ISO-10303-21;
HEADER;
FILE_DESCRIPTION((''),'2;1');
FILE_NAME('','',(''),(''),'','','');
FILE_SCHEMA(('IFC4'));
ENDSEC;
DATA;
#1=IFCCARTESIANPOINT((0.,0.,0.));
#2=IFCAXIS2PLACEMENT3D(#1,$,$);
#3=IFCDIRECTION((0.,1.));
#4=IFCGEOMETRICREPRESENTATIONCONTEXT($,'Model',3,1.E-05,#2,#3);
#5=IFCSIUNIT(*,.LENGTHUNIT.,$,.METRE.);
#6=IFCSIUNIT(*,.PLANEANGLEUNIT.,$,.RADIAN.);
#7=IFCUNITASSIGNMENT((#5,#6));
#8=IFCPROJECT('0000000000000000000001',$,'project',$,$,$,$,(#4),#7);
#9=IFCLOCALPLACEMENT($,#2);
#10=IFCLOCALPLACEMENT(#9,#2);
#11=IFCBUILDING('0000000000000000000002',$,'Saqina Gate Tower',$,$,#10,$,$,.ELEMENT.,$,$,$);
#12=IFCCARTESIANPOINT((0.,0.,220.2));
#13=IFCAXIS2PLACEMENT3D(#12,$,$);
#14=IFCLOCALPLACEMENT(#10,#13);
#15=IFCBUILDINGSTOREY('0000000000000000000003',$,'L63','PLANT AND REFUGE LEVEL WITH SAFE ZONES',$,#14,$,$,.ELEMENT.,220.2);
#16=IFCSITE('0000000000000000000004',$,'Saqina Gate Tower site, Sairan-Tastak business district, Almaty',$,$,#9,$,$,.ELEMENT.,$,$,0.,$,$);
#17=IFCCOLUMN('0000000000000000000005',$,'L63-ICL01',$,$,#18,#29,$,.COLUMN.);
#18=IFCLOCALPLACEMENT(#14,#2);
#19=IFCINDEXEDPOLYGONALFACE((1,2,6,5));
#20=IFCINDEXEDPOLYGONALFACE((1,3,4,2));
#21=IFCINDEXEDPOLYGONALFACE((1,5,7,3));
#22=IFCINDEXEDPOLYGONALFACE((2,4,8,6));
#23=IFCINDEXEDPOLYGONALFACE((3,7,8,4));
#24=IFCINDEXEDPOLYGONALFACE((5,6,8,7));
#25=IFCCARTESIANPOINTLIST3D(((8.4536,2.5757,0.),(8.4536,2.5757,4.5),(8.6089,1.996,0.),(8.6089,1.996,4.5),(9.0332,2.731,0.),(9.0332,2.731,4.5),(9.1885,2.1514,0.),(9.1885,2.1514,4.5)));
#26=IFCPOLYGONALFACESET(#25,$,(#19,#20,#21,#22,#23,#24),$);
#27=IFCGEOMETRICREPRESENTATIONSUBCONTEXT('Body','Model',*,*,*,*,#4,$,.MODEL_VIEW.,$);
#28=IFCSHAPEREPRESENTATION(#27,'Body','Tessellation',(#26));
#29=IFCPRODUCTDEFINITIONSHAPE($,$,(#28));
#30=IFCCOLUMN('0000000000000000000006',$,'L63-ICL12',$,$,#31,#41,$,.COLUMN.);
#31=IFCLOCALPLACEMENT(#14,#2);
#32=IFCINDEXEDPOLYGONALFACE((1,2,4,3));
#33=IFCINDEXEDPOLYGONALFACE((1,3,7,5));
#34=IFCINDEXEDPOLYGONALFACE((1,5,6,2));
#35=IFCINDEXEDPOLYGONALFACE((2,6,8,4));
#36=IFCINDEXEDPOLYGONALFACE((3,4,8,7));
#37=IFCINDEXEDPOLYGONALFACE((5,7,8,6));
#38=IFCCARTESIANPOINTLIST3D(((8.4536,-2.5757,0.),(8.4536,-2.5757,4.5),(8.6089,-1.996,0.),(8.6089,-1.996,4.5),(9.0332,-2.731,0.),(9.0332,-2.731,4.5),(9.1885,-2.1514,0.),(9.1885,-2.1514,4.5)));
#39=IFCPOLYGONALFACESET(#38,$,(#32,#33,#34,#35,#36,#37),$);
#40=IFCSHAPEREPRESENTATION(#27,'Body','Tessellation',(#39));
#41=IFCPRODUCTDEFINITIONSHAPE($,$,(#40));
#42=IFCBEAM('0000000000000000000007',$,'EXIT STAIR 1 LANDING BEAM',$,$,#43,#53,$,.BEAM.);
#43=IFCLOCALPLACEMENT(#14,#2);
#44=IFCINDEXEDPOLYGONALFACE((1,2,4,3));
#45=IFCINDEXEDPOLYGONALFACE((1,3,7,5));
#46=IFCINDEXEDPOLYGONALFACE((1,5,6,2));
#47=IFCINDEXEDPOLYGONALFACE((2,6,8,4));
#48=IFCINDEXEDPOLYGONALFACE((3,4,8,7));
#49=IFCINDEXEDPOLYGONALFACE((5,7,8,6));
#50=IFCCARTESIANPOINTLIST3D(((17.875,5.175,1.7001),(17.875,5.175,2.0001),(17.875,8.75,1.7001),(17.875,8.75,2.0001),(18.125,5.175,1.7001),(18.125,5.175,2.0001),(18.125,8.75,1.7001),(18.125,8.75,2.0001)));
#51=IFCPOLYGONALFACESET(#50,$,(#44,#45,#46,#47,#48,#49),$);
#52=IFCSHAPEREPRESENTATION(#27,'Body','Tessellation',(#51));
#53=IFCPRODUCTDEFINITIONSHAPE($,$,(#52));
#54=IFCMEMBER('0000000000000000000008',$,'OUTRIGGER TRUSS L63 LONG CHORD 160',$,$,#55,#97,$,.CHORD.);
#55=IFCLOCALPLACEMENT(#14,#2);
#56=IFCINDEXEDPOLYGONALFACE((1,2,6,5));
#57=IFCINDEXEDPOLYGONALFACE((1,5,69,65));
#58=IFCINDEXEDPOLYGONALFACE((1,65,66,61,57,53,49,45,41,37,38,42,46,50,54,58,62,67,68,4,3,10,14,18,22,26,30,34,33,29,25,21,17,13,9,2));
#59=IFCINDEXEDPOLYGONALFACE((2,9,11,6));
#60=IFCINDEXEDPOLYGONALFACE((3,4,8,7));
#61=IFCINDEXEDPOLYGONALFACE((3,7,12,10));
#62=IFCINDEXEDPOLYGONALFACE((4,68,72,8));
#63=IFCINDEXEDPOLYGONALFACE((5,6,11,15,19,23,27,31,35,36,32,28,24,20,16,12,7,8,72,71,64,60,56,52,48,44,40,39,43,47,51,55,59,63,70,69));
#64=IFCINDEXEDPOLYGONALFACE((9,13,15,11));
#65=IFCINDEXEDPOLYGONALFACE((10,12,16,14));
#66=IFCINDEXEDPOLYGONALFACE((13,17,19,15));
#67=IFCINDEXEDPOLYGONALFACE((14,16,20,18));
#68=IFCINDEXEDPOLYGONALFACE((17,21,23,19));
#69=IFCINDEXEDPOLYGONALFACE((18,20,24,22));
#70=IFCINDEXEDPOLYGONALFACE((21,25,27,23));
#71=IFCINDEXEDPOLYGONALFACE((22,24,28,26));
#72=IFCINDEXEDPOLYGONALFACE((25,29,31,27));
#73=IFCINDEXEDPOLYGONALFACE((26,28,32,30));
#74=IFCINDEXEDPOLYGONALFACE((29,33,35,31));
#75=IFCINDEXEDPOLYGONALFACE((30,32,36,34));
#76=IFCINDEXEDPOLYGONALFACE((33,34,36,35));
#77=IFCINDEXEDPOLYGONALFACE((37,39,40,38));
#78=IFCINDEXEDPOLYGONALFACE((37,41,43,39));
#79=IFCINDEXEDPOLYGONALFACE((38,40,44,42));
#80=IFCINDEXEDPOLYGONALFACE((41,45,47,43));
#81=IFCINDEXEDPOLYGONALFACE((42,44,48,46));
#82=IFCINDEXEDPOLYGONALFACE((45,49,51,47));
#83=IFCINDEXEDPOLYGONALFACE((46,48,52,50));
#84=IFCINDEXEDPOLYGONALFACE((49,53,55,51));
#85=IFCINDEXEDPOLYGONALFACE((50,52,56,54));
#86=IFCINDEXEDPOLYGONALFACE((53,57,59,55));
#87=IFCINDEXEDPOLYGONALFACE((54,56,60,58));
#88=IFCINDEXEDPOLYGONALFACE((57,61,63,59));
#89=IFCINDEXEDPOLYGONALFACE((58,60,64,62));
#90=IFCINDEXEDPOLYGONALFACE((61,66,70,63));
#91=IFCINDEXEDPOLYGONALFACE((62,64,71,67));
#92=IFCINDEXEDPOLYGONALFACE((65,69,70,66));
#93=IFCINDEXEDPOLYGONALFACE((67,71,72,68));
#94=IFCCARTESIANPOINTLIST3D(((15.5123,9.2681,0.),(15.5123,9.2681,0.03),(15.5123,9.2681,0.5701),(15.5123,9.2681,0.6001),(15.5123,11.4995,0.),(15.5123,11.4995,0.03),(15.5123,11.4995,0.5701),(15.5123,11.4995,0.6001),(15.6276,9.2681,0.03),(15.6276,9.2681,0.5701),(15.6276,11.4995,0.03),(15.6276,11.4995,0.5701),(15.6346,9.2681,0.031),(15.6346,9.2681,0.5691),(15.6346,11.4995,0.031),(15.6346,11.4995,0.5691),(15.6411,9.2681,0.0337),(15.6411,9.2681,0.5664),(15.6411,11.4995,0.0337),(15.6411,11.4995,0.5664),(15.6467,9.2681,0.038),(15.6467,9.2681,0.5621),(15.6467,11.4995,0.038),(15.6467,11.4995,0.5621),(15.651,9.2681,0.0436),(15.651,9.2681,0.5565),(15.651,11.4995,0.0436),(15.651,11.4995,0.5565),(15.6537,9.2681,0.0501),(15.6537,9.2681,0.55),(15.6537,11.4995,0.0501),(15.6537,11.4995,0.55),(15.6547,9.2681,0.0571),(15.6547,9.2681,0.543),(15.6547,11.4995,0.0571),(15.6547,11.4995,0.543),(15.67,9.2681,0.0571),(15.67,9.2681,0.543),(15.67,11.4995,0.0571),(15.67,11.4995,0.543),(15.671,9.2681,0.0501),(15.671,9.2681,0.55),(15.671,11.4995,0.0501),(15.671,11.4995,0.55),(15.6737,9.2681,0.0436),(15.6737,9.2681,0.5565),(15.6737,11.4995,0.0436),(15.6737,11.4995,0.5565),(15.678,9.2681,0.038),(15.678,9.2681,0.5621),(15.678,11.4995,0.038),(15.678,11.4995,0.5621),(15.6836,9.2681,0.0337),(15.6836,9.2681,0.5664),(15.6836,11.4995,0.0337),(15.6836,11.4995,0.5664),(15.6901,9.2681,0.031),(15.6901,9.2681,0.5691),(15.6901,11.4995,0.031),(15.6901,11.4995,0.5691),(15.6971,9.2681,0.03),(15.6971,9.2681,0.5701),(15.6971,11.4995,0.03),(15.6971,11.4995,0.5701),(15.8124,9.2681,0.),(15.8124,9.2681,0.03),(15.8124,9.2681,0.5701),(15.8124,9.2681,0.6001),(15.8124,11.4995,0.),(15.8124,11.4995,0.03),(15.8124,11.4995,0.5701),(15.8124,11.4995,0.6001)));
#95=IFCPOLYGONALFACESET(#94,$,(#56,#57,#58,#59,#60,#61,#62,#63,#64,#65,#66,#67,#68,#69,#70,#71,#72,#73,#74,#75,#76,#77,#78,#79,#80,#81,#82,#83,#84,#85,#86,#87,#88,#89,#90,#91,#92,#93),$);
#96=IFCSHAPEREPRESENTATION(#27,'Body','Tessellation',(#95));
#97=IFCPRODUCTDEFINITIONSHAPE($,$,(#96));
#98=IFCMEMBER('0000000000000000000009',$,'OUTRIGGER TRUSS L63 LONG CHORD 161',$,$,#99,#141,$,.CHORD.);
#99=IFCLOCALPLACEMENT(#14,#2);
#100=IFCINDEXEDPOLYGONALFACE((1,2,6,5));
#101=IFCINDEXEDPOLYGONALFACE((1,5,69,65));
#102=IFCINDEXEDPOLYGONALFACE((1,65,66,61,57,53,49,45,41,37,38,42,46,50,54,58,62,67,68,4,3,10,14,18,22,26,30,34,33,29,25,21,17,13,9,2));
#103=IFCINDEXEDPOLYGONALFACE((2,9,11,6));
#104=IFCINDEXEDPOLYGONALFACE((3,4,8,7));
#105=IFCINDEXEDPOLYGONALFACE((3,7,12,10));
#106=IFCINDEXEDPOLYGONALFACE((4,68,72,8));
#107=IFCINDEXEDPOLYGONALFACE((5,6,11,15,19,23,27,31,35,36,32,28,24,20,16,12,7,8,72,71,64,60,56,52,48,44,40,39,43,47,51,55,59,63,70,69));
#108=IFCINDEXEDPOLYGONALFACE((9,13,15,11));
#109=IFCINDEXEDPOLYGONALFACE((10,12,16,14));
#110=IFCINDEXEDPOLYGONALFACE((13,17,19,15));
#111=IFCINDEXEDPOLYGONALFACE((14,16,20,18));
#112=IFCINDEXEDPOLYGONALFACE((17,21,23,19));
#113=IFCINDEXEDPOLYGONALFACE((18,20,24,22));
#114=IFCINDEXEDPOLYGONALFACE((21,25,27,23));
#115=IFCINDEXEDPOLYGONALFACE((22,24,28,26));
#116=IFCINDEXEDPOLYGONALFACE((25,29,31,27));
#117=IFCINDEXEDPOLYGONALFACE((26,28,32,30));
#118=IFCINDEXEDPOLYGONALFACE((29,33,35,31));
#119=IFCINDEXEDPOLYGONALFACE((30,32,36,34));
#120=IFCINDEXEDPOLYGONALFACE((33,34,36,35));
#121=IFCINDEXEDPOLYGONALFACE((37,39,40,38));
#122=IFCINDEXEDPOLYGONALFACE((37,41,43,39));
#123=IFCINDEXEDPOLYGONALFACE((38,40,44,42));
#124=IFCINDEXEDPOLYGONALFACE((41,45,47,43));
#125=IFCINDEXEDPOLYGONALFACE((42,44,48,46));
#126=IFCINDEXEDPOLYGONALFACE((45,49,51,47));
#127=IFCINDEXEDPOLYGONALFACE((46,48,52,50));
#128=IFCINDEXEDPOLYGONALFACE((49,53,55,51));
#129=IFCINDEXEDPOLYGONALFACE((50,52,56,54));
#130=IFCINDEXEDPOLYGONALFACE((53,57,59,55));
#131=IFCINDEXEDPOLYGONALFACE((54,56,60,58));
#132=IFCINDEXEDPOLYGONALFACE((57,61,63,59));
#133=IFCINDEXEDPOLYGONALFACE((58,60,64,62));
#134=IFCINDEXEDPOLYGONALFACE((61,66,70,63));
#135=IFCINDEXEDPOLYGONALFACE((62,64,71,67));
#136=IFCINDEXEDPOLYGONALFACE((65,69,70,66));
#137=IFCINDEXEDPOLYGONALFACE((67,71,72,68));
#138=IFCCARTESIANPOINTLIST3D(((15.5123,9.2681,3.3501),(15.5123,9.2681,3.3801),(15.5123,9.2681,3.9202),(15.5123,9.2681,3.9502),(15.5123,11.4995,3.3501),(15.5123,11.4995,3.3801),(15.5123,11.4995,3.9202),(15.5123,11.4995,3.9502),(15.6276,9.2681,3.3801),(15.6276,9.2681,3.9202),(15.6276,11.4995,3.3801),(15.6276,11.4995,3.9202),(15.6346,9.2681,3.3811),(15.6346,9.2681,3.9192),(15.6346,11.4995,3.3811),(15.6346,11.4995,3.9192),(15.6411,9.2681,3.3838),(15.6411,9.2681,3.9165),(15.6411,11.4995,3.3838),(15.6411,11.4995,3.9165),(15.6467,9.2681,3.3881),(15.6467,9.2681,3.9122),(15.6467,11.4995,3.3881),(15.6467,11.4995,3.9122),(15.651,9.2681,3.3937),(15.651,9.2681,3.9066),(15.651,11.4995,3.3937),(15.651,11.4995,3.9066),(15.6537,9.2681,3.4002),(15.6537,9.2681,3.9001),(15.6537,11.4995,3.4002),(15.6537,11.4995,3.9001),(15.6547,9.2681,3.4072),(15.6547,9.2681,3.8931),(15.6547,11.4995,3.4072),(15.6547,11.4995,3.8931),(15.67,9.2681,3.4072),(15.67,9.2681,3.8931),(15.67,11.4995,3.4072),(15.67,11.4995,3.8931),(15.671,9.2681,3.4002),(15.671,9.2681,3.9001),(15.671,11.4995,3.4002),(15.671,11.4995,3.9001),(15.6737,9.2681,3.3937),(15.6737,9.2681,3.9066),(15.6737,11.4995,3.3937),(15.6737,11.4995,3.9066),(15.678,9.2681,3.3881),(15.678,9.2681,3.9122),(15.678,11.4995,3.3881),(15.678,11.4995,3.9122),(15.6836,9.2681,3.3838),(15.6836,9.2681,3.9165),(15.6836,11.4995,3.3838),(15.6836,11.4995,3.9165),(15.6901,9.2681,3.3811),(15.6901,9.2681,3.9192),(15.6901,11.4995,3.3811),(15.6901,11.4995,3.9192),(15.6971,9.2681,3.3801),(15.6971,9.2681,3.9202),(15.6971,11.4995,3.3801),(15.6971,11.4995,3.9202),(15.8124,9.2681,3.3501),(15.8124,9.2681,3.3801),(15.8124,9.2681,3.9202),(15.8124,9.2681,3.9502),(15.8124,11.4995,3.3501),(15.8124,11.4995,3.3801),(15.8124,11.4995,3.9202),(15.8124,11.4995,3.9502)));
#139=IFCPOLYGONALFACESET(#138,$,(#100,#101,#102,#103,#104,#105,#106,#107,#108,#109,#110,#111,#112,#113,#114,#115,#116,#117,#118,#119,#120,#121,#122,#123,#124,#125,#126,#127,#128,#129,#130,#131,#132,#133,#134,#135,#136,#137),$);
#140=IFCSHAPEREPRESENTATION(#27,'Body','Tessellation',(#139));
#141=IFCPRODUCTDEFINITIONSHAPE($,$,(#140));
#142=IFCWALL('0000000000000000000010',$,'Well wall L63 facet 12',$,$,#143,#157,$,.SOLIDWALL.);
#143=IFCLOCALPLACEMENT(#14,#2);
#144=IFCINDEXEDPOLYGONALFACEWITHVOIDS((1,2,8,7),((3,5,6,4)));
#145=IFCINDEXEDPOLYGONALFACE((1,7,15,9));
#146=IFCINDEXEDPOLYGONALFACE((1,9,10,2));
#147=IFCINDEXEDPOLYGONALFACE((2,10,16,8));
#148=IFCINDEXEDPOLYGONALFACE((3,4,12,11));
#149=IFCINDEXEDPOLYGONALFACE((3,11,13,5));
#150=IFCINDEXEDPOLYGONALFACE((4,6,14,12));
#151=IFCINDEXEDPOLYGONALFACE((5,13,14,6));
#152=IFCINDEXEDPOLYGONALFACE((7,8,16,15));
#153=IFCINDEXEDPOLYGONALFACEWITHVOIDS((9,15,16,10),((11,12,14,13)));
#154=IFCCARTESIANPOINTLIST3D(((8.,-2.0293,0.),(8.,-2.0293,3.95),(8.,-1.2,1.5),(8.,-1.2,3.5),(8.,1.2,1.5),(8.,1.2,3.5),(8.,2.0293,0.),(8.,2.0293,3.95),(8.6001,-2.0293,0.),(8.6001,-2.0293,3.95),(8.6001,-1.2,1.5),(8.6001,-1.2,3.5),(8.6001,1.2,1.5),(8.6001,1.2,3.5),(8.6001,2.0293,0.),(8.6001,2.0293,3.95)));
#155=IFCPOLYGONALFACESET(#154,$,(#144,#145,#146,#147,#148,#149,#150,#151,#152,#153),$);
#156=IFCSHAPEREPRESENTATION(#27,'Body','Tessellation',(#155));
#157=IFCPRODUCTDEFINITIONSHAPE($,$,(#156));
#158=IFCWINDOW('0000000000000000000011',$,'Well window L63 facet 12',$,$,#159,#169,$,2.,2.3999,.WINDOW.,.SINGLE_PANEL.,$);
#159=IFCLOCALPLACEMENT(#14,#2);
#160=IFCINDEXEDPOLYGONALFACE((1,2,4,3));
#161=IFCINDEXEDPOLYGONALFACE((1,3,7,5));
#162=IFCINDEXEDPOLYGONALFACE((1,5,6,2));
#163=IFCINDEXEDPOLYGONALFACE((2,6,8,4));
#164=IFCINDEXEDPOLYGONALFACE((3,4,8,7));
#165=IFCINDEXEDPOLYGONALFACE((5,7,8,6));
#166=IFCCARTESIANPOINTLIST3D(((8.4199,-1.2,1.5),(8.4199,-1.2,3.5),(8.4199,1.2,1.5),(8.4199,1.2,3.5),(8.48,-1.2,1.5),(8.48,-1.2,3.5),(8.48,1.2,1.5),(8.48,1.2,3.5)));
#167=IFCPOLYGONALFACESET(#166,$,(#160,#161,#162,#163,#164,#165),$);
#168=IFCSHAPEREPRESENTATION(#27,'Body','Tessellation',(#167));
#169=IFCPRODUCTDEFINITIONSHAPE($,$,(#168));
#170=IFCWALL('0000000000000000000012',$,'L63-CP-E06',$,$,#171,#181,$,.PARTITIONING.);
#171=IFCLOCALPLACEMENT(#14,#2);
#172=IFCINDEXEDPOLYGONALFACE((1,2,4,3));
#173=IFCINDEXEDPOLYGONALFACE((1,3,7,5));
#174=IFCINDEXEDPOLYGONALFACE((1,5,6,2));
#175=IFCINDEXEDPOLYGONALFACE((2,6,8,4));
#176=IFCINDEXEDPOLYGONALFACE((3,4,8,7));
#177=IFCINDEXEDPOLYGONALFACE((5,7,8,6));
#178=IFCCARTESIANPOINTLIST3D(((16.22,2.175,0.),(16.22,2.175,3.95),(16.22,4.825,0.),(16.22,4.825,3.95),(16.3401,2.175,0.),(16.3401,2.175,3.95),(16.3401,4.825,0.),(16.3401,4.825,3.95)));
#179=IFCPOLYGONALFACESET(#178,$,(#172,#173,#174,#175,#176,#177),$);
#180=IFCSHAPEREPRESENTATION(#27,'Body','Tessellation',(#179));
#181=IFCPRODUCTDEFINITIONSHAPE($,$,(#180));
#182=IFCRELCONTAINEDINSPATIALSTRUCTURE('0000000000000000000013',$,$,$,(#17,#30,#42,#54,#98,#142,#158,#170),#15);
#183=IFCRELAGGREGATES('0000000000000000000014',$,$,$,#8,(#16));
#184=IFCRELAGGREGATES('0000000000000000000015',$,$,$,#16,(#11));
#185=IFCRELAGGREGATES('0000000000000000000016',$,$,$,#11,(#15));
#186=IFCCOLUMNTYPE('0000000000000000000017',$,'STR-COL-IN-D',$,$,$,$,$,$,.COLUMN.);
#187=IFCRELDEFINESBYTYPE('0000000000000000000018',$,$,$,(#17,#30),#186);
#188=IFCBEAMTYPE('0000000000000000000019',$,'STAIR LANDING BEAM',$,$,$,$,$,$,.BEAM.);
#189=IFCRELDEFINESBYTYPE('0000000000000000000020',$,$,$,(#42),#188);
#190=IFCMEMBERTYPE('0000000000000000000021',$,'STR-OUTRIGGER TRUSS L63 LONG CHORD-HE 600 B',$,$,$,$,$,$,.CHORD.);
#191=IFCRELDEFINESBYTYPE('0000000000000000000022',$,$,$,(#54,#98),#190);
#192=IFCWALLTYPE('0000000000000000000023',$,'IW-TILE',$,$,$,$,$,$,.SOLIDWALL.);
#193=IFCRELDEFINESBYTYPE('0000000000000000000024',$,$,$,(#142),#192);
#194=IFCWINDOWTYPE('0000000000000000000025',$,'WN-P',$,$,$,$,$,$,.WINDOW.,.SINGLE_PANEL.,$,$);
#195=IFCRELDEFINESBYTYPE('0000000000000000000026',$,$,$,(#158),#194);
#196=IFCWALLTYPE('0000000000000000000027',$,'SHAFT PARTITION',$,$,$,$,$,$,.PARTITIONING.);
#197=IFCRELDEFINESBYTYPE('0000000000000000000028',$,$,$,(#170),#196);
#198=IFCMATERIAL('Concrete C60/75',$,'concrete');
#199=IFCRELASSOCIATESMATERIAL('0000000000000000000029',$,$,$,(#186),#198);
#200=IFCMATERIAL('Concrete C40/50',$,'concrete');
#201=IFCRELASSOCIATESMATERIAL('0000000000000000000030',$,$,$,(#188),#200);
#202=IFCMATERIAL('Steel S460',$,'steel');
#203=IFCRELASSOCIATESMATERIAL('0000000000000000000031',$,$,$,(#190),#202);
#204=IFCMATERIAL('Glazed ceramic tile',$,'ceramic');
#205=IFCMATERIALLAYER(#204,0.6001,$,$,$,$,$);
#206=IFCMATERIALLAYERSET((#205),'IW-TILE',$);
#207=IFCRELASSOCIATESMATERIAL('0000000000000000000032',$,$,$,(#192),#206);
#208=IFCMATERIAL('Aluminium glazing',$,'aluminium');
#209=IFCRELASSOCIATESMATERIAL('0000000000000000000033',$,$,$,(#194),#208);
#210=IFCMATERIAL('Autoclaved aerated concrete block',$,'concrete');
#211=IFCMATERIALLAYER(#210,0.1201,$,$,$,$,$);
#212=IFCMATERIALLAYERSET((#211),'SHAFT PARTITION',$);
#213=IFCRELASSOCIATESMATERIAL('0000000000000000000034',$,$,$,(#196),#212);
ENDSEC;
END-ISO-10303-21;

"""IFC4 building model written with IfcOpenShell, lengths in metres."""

from ifc_helpers import new_model, si_unit, direction, frame, frame_2d, origin, origin_2d, place, context, subcontext, project, spatial, rectangle, i_section, extrude, material, layer, layer_set, material_profile, profile_set, type_object, element, fill, save


model = new_model("IFC4")

# Units and contexts
model_context = context("Model", 3, precision=1e-05, world=origin(), true_north=direction((0.0, 1.0)))
body_context = subcontext(model_context, "Body", "Model", "MODEL_VIEW")
ifc_project = project(units=[si_unit("LENGTHUNIT", "METRE"), si_unit("PLANEANGLEUNIT", "RADIAN")], contexts=[model_context])

# Site, building, storey
site_placement = place(None, origin())
site = spatial("IfcSite", under=ifc_project, at=site_placement, Name="Saqina Gate Tower site, Sairan-Tastak business district, Almaty", CompositionType="ELEMENT", RefElevation=0.0)
building_placement = place(site_placement, origin())
building = spatial("IfcBuilding", under=site, at=building_placement, Name="Saqina Gate Tower", CompositionType="ELEMENT")
storey_placement = place(building_placement, frame((0.0, 0.0, 220.2)))
storey = spatial("IfcBuildingStorey", under=building, at=storey_placement, Name="L63", Description="PLANT AND REFUGE LEVEL WITH SAFE ZONES", CompositionType="ELEMENT", Elevation=220.2)

# Columns
ifc_material_1 = material(Name="Concrete C60/75", Category="concrete")
ifc_material_profile_1 = material_profile(ifc_material_1, rectangle(XDim=0.6001, YDim=0.6001, at=origin_2d()), Name="RC 600x600")
ifc_profile_set_1 = profile_set([ifc_material_profile_1], Name="Concrete C60/75")
column_type = type_object("IfcColumnType", Name="STR-COL-IN-D", PredefinedType="COLUMN", material=ifc_profile_set_1)
for number, where, z_axis, x_axis, name in (
    (1, (8.821, 2.3635, 0.0), (0.0, 0.0, 1.0), (0.965926, 0.258819, 0.0), "L63-ICL01"),
    (2, (8.821, -2.3635, 0.0), (0.0, 0.0, 1.0), (0.965926, -0.258819, 0.0), "L63-ICL12"),
):
    element("IfcColumn", number, at=place(storey_placement, frame(where, z_axis=z_axis, x_axis=x_axis)), inside=storey, type_object=column_type, Name=name, PredefinedType="COLUMN", context=body_context, shape_type="SweptSolid", body=[
        extrude(rectangle(XDim=0.6001, YDim=0.6001, at=origin_2d()), origin(), (0.0, 0.0, 1.0), 4.5),
    ])

# Beam
ifc_material_2 = material(Name="Concrete C40/50", Category="concrete")
ifc_material_profile_2 = material_profile(ifc_material_2, rectangle(XDim=0.25, YDim=0.3, at=origin_2d()), Name="STAIR LANDING BEAM")
ifc_profile_set_2 = profile_set([ifc_material_profile_2], Name="Concrete C40/50")
beam_type = type_object("IfcBeamType", Name="STAIR LANDING BEAM", PredefinedType="BEAM", material=ifc_profile_set_2)
beam_placement = place(storey_placement, frame((18.0, 5.175, 1.8501), z_axis=(0.0, 1.0, 0.0), x_axis=(-1.0, 0.0, 0.0)))
element("IfcBeam", 3, at=beam_placement, inside=storey, type_object=beam_type, Name="EXIT STAIR 1 LANDING BEAM", PredefinedType="BEAM", context=body_context, shape_type="SweptSolid", body=[
    extrude(rectangle(XDim=0.25, YDim=0.3, at=origin_2d()), origin(), (0.0, 0.0, 1.0), 3.575),
])

# Members
ifc_material_3 = material(Name="Steel S460", Category="steel")
ifc_material_profile_3 = material_profile(ifc_material_3, i_section(OverallWidth=0.3, OverallDepth=0.6001, WebThickness=0.0154, FlangeThickness=0.03, FilletRadius=0.0271, at=origin_2d()), Name="HE 600 B")
ifc_profile_set_3 = profile_set([ifc_material_profile_3], Name="Steel S460")
member_type = type_object("IfcMemberType", Name="STR-OUTRIGGER TRUSS L63 LONG CHORD-HE 600 B", PredefinedType="CHORD", material=ifc_profile_set_3)
for number, where, z_axis, x_axis, name in (
    (4, (15.6624, 9.2681, 0.3), (0.0, 1.0, 0.0), (-1.0, 0.0, 0.0), "OUTRIGGER TRUSS L63 LONG CHORD 160"),
    (5, (15.6624, 9.2681, 3.6501), (0.0, 1.0, 0.0), (-1.0, 0.0, 0.0), "OUTRIGGER TRUSS L63 LONG CHORD 161"),
):
    element("IfcMember", number, at=place(storey_placement, frame(where, z_axis=z_axis, x_axis=x_axis)), inside=storey, type_object=member_type, Name=name, PredefinedType="CHORD", context=body_context, shape_type="SweptSolid", body=[
        extrude(i_section(OverallWidth=0.3, OverallDepth=0.6001, WebThickness=0.0154, FlangeThickness=0.03, FilletRadius=0.0271, at=origin_2d()), origin(), (0.0, 0.0, 1.0), 2.2314),
    ])

# Wall, opening, window
ifc_material_4 = material(Name="Glazed ceramic tile", Category="ceramic")
ifc_layer_1 = layer(ifc_material_4, 0.6001)
ifc_layer_set_1 = layer_set([ifc_layer_1], Name="IW-TILE")
wall_type_1 = type_object("IfcWallType", Name="IW-TILE", PredefinedType="SOLIDWALL", material=ifc_layer_set_1)
wall_1_placement = place(storey_placement, frame((8.3, -2.0293, 0.0), z_axis=(0.0, 0.0, 1.0), x_axis=(0.0, 1.0, 0.0)))
wall_1 = element("IfcWall", 6, at=wall_1_placement, inside=storey, type_object=wall_type_1, Name="Well wall L63 facet 12", PredefinedType="SOLIDWALL", context=body_context, shape_type="SweptSolid", body=[
    extrude(rectangle(XDim=4.0586, YDim=0.6001, at=frame_2d((2.0293, 0.0))), origin(), (0.0, 0.0, 1.0), 3.95),
])
opening_1_placement = place(wall_1_placement, frame((0.8293, 0.0, 1.5)))
opening_1 = element("IfcOpeningElement", 7, at=opening_1_placement, cuts=wall_1, PredefinedType="OPENING", context=body_context, shape_type="SweptSolid", body=[
    extrude(rectangle(XDim=2.3999, YDim=2.0, at=frame_2d((1.2, 1.0))), frame((0.0, 0.312, 0.0), z_axis=(0.0, -1.0, 0.0), x_axis=(1.0, 0.0, 0.0)), (0.0, 0.0, 1.0), 0.624),
])
ifc_material_5 = material(Name="Aluminium glazing", Category="aluminium")
window_type = type_object("IfcWindowType", Name="WN-P", PartitioningType="SINGLE_PANEL", PredefinedType="WINDOW", material=ifc_material_5)
window_placement = place(opening_1_placement, origin())
window = element("IfcWindow", 8, at=window_placement, inside=storey, type_object=window_type, Name="Well window L63 facet 12", OverallHeight=2.0, OverallWidth=2.3999, PartitioningType="SINGLE_PANEL", PredefinedType="WINDOW", context=body_context, shape_type="SweptSolid", body=[
    extrude(rectangle(XDim=2.3999, YDim=2.0, at=frame_2d((1.2, 1.0))), frame((0.0, -0.1199, 0.0), z_axis=(0.0, -1.0, 0.0), x_axis=(1.0, 0.0, 0.0)), (0.0, 0.0, 1.0), 0.0601),
])
fill(opening_1, window)

# Wall
ifc_material_6 = material(Name="Autoclaved aerated concrete block", Category="concrete")
ifc_layer_2 = layer(ifc_material_6, 0.1201)
ifc_layer_set_2 = layer_set([ifc_layer_2], Name="SHAFT PARTITION")
wall_type_2 = type_object("IfcWallType", Name="SHAFT PARTITION", PredefinedType="PARTITIONING", material=ifc_layer_set_2)
wall_2_placement = place(storey_placement, frame((16.28, 2.175, 0.0), z_axis=(0.0, 0.0, 1.0), x_axis=(0.0, 1.0, 0.0)))
element("IfcWall", 9, at=wall_2_placement, inside=storey, type_object=wall_type_2, Name="L63-CP-E06", PredefinedType="PARTITIONING", context=body_context, shape_type="SweptSolid", body=[
    extrude(rectangle(XDim=2.6499, YDim=0.1201, at=frame_2d((1.325, 0.0))), origin(), (0.0, 0.0, 1.0), 3.95),
])

save(model, "model.ifc")
